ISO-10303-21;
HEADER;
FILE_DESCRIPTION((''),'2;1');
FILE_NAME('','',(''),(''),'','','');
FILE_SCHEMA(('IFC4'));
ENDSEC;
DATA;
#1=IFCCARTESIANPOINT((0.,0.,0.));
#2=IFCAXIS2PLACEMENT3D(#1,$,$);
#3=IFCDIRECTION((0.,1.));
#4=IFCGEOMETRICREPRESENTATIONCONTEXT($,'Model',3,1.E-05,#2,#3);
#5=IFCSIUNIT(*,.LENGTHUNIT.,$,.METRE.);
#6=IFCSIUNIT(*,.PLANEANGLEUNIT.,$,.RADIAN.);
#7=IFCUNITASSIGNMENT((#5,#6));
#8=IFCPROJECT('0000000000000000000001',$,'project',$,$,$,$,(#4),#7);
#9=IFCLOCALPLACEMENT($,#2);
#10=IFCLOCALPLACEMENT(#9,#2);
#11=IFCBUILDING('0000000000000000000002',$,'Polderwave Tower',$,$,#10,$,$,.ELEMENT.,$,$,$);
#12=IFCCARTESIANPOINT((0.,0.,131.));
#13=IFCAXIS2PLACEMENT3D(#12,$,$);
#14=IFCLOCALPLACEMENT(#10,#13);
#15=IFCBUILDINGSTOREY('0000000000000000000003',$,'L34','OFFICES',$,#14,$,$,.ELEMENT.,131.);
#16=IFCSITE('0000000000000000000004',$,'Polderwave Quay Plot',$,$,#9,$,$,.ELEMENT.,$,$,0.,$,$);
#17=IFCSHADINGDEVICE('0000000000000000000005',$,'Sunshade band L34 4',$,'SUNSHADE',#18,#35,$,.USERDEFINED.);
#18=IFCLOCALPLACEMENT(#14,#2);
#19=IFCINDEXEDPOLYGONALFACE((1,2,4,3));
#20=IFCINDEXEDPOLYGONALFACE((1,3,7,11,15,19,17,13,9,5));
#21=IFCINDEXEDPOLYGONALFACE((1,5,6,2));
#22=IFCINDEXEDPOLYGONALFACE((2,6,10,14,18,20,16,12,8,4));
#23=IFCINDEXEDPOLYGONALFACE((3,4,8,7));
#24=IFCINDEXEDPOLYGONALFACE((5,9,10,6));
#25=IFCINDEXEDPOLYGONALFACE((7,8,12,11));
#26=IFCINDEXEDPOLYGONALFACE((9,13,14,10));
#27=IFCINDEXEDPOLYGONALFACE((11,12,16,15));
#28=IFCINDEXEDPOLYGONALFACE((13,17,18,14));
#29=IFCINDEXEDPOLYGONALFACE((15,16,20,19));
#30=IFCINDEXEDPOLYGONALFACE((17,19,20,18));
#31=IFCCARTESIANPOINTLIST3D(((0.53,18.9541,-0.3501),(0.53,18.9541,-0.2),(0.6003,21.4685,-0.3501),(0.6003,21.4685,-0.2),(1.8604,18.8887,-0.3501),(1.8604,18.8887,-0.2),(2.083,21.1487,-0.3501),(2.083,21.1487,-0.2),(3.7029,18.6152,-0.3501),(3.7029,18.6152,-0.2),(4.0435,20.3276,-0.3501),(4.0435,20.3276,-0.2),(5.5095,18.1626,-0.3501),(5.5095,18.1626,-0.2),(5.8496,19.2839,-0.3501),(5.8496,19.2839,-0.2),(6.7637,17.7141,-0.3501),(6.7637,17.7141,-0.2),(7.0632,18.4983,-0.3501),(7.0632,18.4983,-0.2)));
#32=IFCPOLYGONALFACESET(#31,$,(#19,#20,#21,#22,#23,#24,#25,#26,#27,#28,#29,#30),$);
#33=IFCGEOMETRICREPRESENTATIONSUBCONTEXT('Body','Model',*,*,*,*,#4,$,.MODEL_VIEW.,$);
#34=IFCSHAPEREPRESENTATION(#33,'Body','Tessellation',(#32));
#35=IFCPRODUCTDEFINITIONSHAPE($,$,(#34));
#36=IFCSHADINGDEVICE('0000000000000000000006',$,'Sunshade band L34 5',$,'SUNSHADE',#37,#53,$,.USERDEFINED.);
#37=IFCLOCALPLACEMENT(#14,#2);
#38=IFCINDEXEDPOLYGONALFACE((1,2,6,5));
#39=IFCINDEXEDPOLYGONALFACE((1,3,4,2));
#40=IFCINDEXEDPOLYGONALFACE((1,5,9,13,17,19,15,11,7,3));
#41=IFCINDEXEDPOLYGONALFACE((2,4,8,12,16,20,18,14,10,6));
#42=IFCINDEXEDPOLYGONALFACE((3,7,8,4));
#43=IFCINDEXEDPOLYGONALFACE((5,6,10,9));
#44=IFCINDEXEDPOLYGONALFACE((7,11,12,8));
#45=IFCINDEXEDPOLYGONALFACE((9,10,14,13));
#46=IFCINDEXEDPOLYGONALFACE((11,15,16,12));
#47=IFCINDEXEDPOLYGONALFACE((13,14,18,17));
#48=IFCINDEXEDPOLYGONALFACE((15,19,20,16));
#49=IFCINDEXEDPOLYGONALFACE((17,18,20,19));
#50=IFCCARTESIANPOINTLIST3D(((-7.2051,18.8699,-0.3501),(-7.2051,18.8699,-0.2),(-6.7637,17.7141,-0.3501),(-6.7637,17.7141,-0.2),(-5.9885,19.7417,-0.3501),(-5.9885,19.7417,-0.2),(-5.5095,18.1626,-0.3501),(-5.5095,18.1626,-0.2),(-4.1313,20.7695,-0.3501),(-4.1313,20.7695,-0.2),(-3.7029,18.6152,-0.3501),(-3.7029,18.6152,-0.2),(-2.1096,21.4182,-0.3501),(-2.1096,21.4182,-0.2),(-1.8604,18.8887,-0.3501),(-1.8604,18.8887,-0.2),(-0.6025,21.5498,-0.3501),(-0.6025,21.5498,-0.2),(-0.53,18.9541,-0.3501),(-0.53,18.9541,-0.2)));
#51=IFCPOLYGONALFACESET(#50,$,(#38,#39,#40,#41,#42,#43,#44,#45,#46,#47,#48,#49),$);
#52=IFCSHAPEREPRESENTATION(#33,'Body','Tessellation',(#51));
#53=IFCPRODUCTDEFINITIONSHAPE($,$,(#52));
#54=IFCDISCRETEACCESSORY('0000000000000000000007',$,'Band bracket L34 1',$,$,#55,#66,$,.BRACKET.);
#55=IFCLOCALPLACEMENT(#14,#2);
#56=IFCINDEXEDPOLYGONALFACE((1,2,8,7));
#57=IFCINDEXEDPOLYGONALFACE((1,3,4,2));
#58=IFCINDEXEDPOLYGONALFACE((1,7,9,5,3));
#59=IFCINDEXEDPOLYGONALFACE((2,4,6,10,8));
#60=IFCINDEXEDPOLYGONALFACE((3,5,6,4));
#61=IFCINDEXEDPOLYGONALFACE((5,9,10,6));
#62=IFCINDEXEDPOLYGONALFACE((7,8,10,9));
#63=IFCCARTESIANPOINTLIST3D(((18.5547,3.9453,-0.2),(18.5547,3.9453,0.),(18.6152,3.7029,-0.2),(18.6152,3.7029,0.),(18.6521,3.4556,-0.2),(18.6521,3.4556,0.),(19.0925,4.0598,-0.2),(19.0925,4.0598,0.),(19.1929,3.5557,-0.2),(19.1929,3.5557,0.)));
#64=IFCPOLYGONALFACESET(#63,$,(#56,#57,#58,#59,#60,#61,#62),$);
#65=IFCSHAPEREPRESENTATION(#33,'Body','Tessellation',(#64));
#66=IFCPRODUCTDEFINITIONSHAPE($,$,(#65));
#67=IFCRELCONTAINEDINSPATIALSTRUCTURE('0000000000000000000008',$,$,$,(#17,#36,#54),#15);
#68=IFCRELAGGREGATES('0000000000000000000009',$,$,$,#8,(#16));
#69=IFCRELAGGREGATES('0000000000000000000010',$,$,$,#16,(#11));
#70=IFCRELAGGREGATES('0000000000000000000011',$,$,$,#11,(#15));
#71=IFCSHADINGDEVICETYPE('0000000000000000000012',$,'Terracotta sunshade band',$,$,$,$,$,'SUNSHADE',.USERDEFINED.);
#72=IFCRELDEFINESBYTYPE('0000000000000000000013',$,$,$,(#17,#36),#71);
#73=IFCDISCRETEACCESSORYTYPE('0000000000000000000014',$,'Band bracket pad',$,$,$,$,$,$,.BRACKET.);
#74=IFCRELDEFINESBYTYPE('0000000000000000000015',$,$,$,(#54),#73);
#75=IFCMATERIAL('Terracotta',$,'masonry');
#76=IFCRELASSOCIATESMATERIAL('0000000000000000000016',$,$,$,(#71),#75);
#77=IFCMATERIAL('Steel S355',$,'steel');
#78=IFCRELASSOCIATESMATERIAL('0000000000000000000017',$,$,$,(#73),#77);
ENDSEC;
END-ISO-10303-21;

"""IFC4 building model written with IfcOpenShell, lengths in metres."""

from ifc_helpers import new_model, si_unit, direction, frame, origin, place, context, subcontext, project, spatial, polyline, outline, extrude, material, type_object, element, save


model = new_model("IFC4")

# Units and contexts
model_context = context("Model", 3, precision=1e-05, world=origin(), true_north=direction((0.0, 1.0)))
body_context = subcontext(model_context, "Body", "Model", "MODEL_VIEW")
ifc_project = project(units=[si_unit("LENGTHUNIT", "METRE"), si_unit("PLANEANGLEUNIT", "RADIAN")], contexts=[model_context])

# Site, building, storey
site_placement = place(None, origin())
site = spatial("IfcSite", under=ifc_project, at=site_placement, Name="Polderwave Quay Plot", CompositionType="ELEMENT", RefElevation=0.0)
building_placement = place(site_placement, origin())
building = spatial("IfcBuilding", under=site, at=building_placement, Name="Polderwave Tower", CompositionType="ELEMENT")
storey_placement = place(building_placement, frame((0.0, 0.0, 131.0)))
storey = spatial("IfcBuildingStorey", under=building, at=storey_placement, Name="L34", Description="OFFICES", CompositionType="ELEMENT", Elevation=131.0)

# Shading devices
ifc_material_1 = material(Name="Terracotta", Category="masonry")
shading_device_type = type_object("IfcShadingDeviceType", Name="Terracotta sunshade band", ElementType="SUNSHADE", PredefinedType="USERDEFINED", material=ifc_material_1)
shading_device_1_placement = place(storey_placement, frame((0.0, 0.0, -0.3501)))
element("IfcShadingDevice", 1, at=shading_device_1_placement, inside=storey, type_object=shading_device_type, Name="Sunshade band L34 4", ObjectType="SUNSHADE", PredefinedType="USERDEFINED", context=body_context, shape_type="SweptSolid", body=[
    extrude(outline(polyline([(6.7637, 17.7141), (5.5095, 18.1626), (3.7029, 18.6152), (1.8604, 18.8887), (0.53, 18.9541), (0.6003, 21.4685), (2.083, 21.1487), (4.0435, 20.3276), (5.8496, 19.2839), (7.0632, 18.4983), (6.7637, 17.7141)])), origin(), (0.0, 0.0, 1.0), 0.1501),
])
shading_device_2_placement = place(storey_placement, frame((0.0, 0.0, -0.3501)))
element("IfcShadingDevice", 2, at=shading_device_2_placement, inside=storey, type_object=shading_device_type, Name="Sunshade band L34 5", ObjectType="SUNSHADE", PredefinedType="USERDEFINED", context=body_context, shape_type="SweptSolid", body=[
    extrude(outline(polyline([(-0.53, 18.9541), (-1.8604, 18.8887), (-3.7029, 18.6152), (-5.5095, 18.1626), (-6.7637, 17.7141), (-7.2051, 18.8699), (-5.9885, 19.7417), (-4.1313, 20.7695), (-2.1096, 21.4182), (-0.6025, 21.5498), (-0.53, 18.9541)])), origin(), (0.0, 0.0, 1.0), 0.1501),
])

# Discrete accessory
ifc_material_2 = material(Name="Steel S355", Category="steel")
discrete_accessory_type = type_object("IfcDiscreteAccessoryType", Name="Band bracket pad", PredefinedType="BRACKET", material=ifc_material_2)
discrete_accessory_placement = place(storey_placement, frame((0.0, 0.0, -0.2)))
element("IfcDiscreteAccessory", 3, at=discrete_accessory_placement, inside=storey, type_object=discrete_accessory_type, Name="Band bracket L34 1", PredefinedType="BRACKET", context=body_context, shape_type="SweptSolid", body=[
    extrude(outline(polyline([(18.6521, 3.4556), (18.6152, 3.7029), (18.5547, 3.9453), (19.0925, 4.0598), (19.1929, 3.5557), (18.6521, 3.4556)])), origin(), (0.0, 0.0, 1.0), 0.2),
])

save(model, "model.ifc")
